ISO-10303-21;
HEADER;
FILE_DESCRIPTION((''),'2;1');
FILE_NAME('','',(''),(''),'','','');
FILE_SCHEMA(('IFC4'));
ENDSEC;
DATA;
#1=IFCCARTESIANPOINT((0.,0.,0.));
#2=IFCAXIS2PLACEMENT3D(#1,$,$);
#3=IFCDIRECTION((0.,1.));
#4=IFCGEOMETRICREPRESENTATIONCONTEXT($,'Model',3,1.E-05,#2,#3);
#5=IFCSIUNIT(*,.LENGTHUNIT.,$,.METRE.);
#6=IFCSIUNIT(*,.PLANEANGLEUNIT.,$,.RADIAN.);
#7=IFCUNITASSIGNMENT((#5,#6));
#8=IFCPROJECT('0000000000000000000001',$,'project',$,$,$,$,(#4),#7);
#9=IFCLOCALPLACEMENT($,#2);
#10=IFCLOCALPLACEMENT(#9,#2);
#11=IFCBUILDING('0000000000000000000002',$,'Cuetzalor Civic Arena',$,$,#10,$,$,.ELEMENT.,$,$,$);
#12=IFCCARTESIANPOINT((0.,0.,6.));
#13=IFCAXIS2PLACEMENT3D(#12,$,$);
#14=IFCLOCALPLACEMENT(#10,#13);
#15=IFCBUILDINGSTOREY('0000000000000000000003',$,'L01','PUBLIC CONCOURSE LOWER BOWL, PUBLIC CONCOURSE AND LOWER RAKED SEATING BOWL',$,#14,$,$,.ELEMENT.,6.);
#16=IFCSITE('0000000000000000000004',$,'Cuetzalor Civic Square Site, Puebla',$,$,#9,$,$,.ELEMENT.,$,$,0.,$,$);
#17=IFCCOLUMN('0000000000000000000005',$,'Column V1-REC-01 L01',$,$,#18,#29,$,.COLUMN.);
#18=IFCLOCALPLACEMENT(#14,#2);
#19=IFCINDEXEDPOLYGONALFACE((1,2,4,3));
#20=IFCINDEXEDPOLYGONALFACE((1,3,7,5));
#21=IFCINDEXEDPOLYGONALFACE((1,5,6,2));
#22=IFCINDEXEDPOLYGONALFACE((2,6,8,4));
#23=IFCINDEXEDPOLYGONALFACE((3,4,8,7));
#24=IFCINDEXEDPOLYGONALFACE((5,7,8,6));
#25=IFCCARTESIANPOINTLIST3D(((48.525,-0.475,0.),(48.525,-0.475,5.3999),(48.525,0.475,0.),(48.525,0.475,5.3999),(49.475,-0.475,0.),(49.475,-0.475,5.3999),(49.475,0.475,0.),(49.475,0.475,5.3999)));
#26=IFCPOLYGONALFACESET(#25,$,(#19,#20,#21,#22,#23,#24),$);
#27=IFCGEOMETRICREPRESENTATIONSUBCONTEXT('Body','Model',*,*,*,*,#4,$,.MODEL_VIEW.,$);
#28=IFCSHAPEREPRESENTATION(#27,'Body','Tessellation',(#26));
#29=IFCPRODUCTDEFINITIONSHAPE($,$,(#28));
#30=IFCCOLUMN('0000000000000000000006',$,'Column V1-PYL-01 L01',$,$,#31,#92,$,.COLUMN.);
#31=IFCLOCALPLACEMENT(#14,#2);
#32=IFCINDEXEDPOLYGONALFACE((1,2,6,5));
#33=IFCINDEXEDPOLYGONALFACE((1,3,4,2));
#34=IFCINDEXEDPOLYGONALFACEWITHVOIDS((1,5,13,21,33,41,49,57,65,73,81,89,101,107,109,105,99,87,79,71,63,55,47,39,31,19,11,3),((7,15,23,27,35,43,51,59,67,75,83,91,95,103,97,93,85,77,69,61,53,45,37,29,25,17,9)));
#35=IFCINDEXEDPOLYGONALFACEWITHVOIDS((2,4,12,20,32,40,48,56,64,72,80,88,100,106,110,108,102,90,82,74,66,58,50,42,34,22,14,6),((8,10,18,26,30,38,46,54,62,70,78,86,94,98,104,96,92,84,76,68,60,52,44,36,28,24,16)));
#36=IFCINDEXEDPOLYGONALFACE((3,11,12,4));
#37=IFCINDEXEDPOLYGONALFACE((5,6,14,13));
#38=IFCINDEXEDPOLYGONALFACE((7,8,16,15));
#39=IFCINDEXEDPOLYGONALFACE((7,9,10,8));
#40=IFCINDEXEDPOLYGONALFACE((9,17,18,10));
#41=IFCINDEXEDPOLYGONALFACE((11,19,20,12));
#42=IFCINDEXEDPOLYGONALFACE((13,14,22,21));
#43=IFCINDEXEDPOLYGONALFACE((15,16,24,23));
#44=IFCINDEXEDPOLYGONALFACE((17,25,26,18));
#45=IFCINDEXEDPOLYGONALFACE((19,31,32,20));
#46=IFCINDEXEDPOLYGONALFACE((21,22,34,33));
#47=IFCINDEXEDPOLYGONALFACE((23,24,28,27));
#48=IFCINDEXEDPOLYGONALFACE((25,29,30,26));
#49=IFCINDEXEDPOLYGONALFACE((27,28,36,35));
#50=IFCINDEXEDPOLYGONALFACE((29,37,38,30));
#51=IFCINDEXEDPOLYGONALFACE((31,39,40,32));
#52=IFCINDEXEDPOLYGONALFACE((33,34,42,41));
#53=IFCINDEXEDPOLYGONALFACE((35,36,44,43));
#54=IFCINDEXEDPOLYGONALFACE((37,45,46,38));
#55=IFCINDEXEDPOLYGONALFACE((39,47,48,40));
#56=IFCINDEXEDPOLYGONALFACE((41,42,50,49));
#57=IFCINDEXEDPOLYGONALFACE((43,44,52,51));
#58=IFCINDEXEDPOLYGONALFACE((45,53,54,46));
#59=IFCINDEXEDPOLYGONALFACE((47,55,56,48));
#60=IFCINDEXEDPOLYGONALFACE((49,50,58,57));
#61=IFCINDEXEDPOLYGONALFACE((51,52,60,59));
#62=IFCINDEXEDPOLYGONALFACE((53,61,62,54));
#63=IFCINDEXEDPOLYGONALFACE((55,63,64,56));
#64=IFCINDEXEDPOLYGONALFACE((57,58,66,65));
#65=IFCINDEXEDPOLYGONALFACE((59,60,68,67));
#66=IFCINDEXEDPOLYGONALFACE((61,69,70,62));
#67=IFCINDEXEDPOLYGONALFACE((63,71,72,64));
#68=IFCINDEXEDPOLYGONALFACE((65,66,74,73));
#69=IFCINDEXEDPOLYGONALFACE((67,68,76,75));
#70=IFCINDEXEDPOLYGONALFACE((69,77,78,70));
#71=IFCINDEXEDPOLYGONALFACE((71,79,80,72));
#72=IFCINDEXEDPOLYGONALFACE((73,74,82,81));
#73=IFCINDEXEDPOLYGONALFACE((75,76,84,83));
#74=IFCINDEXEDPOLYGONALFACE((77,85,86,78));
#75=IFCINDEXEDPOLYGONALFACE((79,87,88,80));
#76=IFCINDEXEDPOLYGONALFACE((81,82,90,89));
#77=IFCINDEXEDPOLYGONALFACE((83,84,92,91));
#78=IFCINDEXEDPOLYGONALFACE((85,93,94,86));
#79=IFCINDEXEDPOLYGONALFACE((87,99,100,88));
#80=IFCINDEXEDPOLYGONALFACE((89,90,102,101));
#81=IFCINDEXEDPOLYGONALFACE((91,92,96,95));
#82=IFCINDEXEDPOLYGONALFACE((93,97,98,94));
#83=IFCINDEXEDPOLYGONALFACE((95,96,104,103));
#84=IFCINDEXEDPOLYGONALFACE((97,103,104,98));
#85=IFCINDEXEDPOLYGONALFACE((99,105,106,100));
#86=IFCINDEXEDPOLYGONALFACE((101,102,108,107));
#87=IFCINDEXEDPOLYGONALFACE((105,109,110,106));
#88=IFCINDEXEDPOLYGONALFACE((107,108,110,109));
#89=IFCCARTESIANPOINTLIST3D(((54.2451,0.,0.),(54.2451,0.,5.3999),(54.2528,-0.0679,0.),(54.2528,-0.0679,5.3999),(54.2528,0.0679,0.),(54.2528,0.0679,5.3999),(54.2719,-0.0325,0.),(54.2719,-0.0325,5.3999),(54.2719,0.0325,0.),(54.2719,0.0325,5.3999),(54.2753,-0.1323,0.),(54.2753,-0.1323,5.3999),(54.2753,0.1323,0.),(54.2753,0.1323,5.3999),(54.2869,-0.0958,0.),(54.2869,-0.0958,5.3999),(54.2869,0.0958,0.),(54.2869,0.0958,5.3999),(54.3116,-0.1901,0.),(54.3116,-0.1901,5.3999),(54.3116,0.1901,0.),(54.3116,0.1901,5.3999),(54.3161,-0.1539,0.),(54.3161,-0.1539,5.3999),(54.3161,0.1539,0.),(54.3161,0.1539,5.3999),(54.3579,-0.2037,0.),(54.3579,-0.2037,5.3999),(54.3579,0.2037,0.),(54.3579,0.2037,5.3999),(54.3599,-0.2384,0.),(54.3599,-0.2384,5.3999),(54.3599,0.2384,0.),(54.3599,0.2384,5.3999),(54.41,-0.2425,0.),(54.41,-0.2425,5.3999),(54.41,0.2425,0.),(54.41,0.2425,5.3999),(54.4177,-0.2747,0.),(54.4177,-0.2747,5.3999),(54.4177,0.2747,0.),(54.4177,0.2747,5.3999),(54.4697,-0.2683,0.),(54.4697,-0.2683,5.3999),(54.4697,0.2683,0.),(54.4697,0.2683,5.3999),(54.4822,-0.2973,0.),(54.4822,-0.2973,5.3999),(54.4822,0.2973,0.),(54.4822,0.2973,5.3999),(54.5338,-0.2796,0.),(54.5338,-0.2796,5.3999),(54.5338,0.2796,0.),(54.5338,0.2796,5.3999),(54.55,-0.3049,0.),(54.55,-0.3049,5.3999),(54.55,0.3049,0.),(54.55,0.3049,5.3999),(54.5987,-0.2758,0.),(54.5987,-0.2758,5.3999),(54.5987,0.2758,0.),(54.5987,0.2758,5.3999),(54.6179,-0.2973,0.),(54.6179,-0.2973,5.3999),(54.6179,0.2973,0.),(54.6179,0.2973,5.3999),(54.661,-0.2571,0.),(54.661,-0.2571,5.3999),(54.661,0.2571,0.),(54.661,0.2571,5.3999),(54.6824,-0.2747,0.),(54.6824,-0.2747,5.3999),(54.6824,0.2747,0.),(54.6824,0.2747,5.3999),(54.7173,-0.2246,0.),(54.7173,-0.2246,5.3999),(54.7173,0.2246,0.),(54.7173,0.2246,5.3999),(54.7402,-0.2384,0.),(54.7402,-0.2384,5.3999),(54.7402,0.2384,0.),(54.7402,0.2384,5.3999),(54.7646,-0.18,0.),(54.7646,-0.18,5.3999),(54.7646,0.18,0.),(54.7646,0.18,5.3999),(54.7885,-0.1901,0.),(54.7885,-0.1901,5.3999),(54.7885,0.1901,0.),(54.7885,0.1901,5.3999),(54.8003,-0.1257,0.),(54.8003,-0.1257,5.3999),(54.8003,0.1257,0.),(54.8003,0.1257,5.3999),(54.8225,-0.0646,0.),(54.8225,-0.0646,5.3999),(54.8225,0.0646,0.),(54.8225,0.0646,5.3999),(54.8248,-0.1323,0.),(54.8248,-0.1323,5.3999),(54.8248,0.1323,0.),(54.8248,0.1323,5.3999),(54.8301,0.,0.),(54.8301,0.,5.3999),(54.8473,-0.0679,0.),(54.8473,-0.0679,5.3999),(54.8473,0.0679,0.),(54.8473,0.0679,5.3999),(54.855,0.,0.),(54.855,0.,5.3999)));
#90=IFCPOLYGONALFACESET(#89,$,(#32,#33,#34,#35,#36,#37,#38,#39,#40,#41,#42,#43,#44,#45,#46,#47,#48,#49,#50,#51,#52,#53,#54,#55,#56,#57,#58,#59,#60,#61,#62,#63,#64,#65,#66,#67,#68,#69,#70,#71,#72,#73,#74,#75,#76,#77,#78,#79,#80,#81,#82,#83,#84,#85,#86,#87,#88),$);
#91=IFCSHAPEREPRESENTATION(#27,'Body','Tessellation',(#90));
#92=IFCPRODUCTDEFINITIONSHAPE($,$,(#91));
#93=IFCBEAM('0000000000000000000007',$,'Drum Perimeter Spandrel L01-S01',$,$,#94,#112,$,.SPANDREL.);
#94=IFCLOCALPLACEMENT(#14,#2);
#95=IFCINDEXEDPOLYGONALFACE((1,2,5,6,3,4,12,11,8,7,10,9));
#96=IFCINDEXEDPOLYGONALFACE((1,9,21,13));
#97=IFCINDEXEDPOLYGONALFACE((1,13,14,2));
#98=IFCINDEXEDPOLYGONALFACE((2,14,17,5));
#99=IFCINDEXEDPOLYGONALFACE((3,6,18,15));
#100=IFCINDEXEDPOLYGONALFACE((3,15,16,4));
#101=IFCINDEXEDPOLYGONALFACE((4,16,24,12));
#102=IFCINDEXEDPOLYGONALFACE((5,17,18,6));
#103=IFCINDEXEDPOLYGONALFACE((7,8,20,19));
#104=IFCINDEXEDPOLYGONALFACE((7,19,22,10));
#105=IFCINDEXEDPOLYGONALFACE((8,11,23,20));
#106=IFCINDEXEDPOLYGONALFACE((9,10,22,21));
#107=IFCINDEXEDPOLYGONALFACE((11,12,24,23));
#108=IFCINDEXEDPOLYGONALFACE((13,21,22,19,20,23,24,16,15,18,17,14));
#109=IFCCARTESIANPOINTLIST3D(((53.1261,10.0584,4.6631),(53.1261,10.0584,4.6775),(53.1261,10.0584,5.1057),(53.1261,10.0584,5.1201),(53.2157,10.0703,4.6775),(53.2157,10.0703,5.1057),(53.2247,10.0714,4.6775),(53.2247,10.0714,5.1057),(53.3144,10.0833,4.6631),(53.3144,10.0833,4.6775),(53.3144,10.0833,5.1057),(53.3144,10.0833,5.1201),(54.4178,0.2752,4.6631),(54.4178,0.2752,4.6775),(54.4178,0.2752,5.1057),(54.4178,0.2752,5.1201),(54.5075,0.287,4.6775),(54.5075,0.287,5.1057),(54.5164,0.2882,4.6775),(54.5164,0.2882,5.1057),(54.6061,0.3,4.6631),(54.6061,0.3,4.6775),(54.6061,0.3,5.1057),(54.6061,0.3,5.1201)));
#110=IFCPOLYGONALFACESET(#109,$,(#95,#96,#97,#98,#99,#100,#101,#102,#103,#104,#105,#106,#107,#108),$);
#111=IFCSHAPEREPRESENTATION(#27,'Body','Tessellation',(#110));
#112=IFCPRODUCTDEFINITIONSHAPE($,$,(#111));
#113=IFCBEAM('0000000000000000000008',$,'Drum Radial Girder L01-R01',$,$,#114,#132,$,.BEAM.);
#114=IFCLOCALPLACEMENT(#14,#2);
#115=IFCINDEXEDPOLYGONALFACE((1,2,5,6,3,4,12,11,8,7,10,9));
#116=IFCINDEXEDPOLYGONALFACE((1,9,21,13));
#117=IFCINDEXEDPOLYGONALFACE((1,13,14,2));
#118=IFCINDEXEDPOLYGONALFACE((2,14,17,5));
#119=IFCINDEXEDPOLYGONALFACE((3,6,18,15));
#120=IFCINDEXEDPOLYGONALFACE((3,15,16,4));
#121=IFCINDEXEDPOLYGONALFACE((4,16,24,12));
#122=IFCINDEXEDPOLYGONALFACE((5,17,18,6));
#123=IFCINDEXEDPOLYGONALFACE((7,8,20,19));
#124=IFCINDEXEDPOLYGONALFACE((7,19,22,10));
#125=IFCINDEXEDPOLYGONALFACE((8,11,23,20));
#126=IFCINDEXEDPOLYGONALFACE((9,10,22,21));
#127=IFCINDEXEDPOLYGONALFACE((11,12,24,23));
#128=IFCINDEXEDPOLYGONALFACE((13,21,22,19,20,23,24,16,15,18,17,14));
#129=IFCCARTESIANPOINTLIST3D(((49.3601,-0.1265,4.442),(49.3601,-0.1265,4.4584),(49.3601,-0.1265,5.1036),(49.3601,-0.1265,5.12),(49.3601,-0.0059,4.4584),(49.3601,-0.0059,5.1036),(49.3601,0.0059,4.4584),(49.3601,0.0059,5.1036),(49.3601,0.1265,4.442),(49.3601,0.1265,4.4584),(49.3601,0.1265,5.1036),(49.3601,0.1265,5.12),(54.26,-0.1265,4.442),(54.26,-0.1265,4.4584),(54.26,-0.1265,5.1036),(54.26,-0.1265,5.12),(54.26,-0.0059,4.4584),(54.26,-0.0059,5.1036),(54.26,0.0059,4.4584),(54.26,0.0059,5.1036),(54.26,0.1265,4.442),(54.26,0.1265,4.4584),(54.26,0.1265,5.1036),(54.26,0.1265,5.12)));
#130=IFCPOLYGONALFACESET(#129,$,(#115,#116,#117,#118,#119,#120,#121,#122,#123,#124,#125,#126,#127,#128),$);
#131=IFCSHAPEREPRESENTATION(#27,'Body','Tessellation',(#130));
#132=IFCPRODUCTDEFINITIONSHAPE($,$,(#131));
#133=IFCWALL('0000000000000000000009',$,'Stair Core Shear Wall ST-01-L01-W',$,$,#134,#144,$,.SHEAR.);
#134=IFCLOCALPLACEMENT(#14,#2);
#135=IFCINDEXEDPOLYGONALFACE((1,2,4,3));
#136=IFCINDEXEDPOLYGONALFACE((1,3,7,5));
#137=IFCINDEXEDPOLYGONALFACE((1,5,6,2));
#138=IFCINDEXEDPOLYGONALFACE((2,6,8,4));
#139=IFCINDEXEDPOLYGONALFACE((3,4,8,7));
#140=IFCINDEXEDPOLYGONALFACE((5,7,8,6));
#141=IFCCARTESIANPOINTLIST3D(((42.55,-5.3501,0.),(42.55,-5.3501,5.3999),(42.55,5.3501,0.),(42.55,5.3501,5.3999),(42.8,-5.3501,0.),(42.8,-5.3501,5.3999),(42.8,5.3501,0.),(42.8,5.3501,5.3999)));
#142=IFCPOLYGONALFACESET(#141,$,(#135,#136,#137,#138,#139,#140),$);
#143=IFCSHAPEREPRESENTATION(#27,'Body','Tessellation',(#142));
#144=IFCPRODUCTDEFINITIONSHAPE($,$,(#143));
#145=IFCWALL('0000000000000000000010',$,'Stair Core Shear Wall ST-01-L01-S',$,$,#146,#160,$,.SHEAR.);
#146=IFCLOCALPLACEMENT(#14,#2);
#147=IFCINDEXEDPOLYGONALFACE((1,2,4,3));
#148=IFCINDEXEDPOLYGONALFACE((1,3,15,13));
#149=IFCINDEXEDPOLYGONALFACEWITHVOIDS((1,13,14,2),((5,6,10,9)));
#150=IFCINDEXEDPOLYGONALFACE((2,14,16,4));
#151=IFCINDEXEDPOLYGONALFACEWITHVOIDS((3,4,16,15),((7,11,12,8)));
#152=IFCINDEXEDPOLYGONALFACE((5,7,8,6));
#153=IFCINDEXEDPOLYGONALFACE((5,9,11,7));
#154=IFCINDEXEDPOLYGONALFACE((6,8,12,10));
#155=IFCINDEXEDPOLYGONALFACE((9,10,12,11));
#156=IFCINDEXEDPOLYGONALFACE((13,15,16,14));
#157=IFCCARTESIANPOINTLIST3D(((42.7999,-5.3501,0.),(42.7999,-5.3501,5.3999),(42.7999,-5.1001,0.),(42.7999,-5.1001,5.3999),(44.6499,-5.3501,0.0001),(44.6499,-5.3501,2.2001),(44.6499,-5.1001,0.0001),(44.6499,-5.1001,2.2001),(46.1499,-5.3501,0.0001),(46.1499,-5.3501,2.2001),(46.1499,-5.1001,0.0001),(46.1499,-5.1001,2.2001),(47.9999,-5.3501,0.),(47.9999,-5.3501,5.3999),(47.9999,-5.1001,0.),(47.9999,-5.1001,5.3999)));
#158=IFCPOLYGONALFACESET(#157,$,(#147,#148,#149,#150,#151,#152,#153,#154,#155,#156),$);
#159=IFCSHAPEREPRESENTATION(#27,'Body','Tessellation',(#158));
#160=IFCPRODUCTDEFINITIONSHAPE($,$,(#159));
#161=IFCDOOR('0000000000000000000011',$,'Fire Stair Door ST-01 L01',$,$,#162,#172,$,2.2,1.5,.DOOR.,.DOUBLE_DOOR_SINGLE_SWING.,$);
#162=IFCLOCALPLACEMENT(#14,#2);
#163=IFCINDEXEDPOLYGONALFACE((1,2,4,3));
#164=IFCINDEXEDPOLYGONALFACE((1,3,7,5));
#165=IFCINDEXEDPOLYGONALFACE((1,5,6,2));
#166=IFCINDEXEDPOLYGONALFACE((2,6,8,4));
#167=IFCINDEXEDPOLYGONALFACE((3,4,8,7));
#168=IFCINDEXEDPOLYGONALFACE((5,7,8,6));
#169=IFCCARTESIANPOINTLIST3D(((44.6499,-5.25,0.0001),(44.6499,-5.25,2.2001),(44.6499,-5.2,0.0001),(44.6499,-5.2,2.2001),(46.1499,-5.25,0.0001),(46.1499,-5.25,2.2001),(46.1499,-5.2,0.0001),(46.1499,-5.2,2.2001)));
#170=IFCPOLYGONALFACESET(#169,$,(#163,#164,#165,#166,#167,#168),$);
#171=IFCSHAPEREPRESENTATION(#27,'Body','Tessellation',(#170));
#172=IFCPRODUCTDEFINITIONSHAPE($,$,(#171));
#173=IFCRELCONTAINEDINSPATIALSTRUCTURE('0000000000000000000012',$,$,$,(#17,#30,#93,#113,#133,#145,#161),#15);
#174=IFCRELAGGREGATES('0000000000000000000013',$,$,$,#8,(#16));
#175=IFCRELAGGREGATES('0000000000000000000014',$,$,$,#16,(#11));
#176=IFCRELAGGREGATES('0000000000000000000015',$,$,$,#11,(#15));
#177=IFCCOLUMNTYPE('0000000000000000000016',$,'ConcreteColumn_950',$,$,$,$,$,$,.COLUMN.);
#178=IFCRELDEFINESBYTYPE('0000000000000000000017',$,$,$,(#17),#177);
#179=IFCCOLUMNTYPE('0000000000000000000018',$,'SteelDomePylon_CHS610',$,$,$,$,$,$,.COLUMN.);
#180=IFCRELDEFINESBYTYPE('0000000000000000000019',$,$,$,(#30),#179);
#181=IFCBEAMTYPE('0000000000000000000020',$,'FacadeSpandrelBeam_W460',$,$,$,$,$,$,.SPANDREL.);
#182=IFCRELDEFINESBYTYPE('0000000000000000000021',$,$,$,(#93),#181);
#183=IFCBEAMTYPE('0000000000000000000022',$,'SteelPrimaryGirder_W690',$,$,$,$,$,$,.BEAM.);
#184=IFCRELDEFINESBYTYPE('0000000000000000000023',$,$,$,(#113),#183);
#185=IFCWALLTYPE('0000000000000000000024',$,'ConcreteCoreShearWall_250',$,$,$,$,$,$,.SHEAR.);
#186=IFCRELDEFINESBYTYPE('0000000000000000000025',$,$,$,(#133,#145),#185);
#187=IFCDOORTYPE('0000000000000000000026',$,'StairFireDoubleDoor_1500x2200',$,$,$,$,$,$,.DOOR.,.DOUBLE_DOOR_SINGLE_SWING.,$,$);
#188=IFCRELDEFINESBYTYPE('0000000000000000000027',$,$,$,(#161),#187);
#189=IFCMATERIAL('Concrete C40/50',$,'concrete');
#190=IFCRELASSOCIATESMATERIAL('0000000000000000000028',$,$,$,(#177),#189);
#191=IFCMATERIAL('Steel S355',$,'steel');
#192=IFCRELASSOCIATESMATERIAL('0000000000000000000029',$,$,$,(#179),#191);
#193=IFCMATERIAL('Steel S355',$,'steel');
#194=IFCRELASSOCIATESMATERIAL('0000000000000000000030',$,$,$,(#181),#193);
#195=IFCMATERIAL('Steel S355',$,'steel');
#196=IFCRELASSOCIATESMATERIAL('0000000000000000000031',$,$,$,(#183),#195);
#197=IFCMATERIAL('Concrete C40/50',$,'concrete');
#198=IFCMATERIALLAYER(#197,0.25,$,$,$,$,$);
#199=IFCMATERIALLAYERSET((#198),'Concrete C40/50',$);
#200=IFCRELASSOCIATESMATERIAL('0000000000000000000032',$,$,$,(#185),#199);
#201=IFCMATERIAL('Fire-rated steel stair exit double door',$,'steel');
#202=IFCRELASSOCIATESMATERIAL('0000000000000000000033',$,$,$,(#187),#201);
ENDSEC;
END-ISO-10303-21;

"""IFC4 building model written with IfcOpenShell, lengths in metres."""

from ifc_helpers import new_model, si_unit, direction, frame, frame_2d, origin, origin_2d, place, context, subcontext, project, spatial, rectangle, hollow_circle, i_section, extrude, material, layer, layer_set, material_profile, profile_set, type_object, element, fill, save


model = new_model("IFC4")

# Units and contexts
model_context = context("Model", 3, precision=1e-05, world=origin(), true_north=direction((0.0, 1.0)))
body_context = subcontext(model_context, "Body", "Model", "MODEL_VIEW")
ifc_project = project(units=[si_unit("LENGTHUNIT", "METRE"), si_unit("PLANEANGLEUNIT", "RADIAN")], contexts=[model_context])

# Site, building, storey
site_placement = place(None, origin())
site = spatial("IfcSite", under=ifc_project, at=site_placement, Name="Cuetzalor Civic Square Site, Puebla", CompositionType="ELEMENT", RefElevation=0.0)
building_placement = place(site_placement, origin())
building = spatial("IfcBuilding", under=site, at=building_placement, Name="Cuetzalor Civic Arena", CompositionType="ELEMENT")
storey_placement = place(building_placement, frame((0.0, 0.0, 6.0)))
storey = spatial("IfcBuildingStorey", under=building, at=storey_placement, Name="L01", Description="PUBLIC CONCOURSE LOWER BOWL, PUBLIC CONCOURSE AND LOWER RAKED SEATING BOWL", CompositionType="ELEMENT", Elevation=6.0)

# Columns
ifc_material_1 = material(Name="Concrete C40/50", Category="concrete")
ifc_material_profile_1 = material_profile(ifc_material_1, rectangle(XDim=0.95, YDim=0.95, at=origin_2d()), Name="RC 950x950")
ifc_profile_set_1 = profile_set([ifc_material_profile_1], Name="Concrete C40/50")
column_type_1 = type_object("IfcColumnType", Name="ConcreteColumn_950", PredefinedType="COLUMN", material=ifc_profile_set_1)
column_1_placement = place(storey_placement, frame((49.0, 0.0, 0.0), z_axis=(0.0, 0.0, 1.0), x_axis=(1.0, 0.0, 0.0)))
element("IfcColumn", 1, at=column_1_placement, inside=storey, type_object=column_type_1, Name="Column V1-REC-01 L01", PredefinedType="COLUMN", context=body_context, shape_type="SweptSolid", body=[
    extrude(rectangle(XDim=0.95, YDim=0.95, at=origin_2d()), origin(), (0.0, 0.0, 1.0), 5.3999),
])
ifc_material_2 = material(Name="Steel S355", Category="steel")
ifc_material_profile_2 = material_profile(ifc_material_2, hollow_circle(Radius=0.3049, WallThickness=0.0249, at=origin_2d()), Name="CHS 610x25")
ifc_profile_set_2 = profile_set([ifc_material_profile_2], Name="Steel S355")
column_type_2 = type_object("IfcColumnType", Name="SteelDomePylon_CHS610", PredefinedType="COLUMN", material=ifc_profile_set_2)
column_2_placement = place(storey_placement, frame((54.55, 0.0, 0.0), z_axis=(0.0, 0.0, 1.0), x_axis=(1.0, 0.0, 0.0)))
element("IfcColumn", 2, at=column_2_placement, inside=storey, type_object=column_type_2, Name="Column V1-PYL-01 L01", PredefinedType="COLUMN", context=body_context, shape_type="SweptSolid", body=[
    extrude(hollow_circle(Radius=0.3049, WallThickness=0.0249, at=origin_2d()), origin(), (0.0, 0.0, 1.0), 5.3999),
])

# Beams
ifc_material_3 = material(Name="Steel S355", Category="steel")
ifc_material_profile_3 = material_profile(ifc_material_3, i_section(OverallWidth=0.1899, OverallDepth=0.457, WebThickness=0.009, FlangeThickness=0.0144, at=origin_2d()), Name="W460x74")
ifc_profile_set_3 = profile_set([ifc_material_profile_3], Name="Steel S355")
beam_type_1 = type_object("IfcBeamType", Name="FacadeSpandrelBeam_W460", PredefinedType="SPANDREL", material=ifc_profile_set_3)
beam_1_placement = place(storey_placement, frame((54.512, 0.2876, 4.8916), z_axis=(-0.130901, 0.991395, 0.0), x_axis=(-0.991395, -0.130901, 0.0)))
element("IfcBeam", 3, at=beam_1_placement, inside=storey, type_object=beam_type_1, Name="Drum Perimeter Spandrel L01-S01", PredefinedType="SPANDREL", context=body_context, shape_type="SweptSolid", body=[
    extrude(i_section(OverallWidth=0.1899, OverallDepth=0.457, WebThickness=0.009, FlangeThickness=0.0144, at=origin_2d()), origin(), (0.0, 0.0, 1.0), 9.8682),
])
ifc_material_4 = material(Name="Steel S355", Category="steel")
ifc_material_profile_4 = material_profile(ifc_material_4, i_section(OverallWidth=0.2529, OverallDepth=0.678, WebThickness=0.0117, FlangeThickness=0.0164, at=origin_2d()), Name="W690x125")
ifc_profile_set_4 = profile_set([ifc_material_profile_4], Name="Steel S355")
beam_type_2 = type_object("IfcBeamType", Name="SteelPrimaryGirder_W690", PredefinedType="BEAM", material=ifc_profile_set_4)
beam_2_placement = place(storey_placement, frame((49.3601, 0.0, 4.781), z_axis=(1.0, 0.0, 0.0), x_axis=(0.0, 1.0, 0.0)))
element("IfcBeam", 4, at=beam_2_placement, inside=storey, type_object=beam_type_2, Name="Drum Radial Girder L01-R01", PredefinedType="BEAM", context=body_context, shape_type="SweptSolid", body=[
    extrude(i_section(OverallWidth=0.2529, OverallDepth=0.678, WebThickness=0.0117, FlangeThickness=0.0164, at=origin_2d()), origin(), (0.0, 0.0, 1.0), 4.8999),
])

# Wall
ifc_material_5 = material(Name="Concrete C40/50", Category="concrete")
ifc_layer_1 = layer(ifc_material_5, 0.25)
ifc_layer_set_1 = layer_set([ifc_layer_1], Name="Concrete C40/50")
wall_type_1 = type_object("IfcWallType", Name="ConcreteCoreShearWall_250", PredefinedType="SHEAR", material=ifc_layer_set_1)
wall_1_placement = place(storey_placement, frame((42.675, -5.3501, 0.0), z_axis=(0.0, 0.0, 1.0), x_axis=(0.0, 1.0, 0.0)))
element("IfcWall", 5, at=wall_1_placement, inside=storey, type_object=wall_type_1, Name="Stair Core Shear Wall ST-01-L01-W", PredefinedType="SHEAR", context=body_context, shape_type="SweptSolid", body=[
    extrude(rectangle(XDim=10.7002, YDim=0.25, at=frame_2d((5.3501, 0.0))), origin(), (0.0, 0.0, 1.0), 5.3999),
])

# Wall, opening, door
wall_2_placement = place(storey_placement, frame((48.0, -5.2251, 0.0), z_axis=(0.0, 0.0, 1.0), x_axis=(-1.0, 0.0, 0.0)))
wall_2 = element("IfcWall", 6, at=wall_2_placement, inside=storey, type_object=wall_type_1, Name="Stair Core Shear Wall ST-01-L01-S", PredefinedType="SHEAR", context=body_context, shape_type="SweptSolid", body=[
    extrude(rectangle(XDim=5.2, YDim=0.25, at=frame_2d((2.6001, 0.0))), origin(), (0.0, 0.0, 1.0), 5.3999),
])
opening_1_placement = place(wall_2_placement, frame((1.8501, 0.0, 0.0)))
opening_1 = element("IfcOpeningElement", 7, at=opening_1_placement, cuts=wall_2, PredefinedType="OPENING", context=body_context, shape_type="SweptSolid", body=[
    extrude(rectangle(XDim=1.5, YDim=2.2, at=frame_2d((0.75, 1.1001))), frame((0.0, 0.135, 0.0), z_axis=(0.0, -1.0, 0.0), x_axis=(1.0, 0.0, 0.0)), (0.0, 0.0, 1.0), 0.27),
])
ifc_material_6 = material(Name="Fire-rated steel stair exit double door", Category="steel")
door_type_1 = type_object("IfcDoorType", Name="StairFireDoubleDoor_1500x2200", OperationType="DOUBLE_DOOR_SINGLE_SWING", PredefinedType="DOOR", material=ifc_material_6)
door_1_placement = place(opening_1_placement, origin())
door_1 = element("IfcDoor", 8, at=door_1_placement, inside=storey, type_object=door_type_1, Name="Fire Stair Door ST-01 L01", OperationType="DOUBLE_DOOR_SINGLE_SWING", OverallHeight=2.2, OverallWidth=1.5, PredefinedType="DOOR", context=body_context, shape_type="SweptSolid", body=[
    extrude(rectangle(XDim=1.5, YDim=2.2, at=frame_2d((0.75, 1.1001))), frame((0.0, 0.0249, 0.0), z_axis=(0.0, -1.0, 0.0), x_axis=(1.0, 0.0, 0.0)), (0.0, 0.0, 1.0), 0.05),
])
fill(opening_1, door_1)

save(model, "model.ifc")
